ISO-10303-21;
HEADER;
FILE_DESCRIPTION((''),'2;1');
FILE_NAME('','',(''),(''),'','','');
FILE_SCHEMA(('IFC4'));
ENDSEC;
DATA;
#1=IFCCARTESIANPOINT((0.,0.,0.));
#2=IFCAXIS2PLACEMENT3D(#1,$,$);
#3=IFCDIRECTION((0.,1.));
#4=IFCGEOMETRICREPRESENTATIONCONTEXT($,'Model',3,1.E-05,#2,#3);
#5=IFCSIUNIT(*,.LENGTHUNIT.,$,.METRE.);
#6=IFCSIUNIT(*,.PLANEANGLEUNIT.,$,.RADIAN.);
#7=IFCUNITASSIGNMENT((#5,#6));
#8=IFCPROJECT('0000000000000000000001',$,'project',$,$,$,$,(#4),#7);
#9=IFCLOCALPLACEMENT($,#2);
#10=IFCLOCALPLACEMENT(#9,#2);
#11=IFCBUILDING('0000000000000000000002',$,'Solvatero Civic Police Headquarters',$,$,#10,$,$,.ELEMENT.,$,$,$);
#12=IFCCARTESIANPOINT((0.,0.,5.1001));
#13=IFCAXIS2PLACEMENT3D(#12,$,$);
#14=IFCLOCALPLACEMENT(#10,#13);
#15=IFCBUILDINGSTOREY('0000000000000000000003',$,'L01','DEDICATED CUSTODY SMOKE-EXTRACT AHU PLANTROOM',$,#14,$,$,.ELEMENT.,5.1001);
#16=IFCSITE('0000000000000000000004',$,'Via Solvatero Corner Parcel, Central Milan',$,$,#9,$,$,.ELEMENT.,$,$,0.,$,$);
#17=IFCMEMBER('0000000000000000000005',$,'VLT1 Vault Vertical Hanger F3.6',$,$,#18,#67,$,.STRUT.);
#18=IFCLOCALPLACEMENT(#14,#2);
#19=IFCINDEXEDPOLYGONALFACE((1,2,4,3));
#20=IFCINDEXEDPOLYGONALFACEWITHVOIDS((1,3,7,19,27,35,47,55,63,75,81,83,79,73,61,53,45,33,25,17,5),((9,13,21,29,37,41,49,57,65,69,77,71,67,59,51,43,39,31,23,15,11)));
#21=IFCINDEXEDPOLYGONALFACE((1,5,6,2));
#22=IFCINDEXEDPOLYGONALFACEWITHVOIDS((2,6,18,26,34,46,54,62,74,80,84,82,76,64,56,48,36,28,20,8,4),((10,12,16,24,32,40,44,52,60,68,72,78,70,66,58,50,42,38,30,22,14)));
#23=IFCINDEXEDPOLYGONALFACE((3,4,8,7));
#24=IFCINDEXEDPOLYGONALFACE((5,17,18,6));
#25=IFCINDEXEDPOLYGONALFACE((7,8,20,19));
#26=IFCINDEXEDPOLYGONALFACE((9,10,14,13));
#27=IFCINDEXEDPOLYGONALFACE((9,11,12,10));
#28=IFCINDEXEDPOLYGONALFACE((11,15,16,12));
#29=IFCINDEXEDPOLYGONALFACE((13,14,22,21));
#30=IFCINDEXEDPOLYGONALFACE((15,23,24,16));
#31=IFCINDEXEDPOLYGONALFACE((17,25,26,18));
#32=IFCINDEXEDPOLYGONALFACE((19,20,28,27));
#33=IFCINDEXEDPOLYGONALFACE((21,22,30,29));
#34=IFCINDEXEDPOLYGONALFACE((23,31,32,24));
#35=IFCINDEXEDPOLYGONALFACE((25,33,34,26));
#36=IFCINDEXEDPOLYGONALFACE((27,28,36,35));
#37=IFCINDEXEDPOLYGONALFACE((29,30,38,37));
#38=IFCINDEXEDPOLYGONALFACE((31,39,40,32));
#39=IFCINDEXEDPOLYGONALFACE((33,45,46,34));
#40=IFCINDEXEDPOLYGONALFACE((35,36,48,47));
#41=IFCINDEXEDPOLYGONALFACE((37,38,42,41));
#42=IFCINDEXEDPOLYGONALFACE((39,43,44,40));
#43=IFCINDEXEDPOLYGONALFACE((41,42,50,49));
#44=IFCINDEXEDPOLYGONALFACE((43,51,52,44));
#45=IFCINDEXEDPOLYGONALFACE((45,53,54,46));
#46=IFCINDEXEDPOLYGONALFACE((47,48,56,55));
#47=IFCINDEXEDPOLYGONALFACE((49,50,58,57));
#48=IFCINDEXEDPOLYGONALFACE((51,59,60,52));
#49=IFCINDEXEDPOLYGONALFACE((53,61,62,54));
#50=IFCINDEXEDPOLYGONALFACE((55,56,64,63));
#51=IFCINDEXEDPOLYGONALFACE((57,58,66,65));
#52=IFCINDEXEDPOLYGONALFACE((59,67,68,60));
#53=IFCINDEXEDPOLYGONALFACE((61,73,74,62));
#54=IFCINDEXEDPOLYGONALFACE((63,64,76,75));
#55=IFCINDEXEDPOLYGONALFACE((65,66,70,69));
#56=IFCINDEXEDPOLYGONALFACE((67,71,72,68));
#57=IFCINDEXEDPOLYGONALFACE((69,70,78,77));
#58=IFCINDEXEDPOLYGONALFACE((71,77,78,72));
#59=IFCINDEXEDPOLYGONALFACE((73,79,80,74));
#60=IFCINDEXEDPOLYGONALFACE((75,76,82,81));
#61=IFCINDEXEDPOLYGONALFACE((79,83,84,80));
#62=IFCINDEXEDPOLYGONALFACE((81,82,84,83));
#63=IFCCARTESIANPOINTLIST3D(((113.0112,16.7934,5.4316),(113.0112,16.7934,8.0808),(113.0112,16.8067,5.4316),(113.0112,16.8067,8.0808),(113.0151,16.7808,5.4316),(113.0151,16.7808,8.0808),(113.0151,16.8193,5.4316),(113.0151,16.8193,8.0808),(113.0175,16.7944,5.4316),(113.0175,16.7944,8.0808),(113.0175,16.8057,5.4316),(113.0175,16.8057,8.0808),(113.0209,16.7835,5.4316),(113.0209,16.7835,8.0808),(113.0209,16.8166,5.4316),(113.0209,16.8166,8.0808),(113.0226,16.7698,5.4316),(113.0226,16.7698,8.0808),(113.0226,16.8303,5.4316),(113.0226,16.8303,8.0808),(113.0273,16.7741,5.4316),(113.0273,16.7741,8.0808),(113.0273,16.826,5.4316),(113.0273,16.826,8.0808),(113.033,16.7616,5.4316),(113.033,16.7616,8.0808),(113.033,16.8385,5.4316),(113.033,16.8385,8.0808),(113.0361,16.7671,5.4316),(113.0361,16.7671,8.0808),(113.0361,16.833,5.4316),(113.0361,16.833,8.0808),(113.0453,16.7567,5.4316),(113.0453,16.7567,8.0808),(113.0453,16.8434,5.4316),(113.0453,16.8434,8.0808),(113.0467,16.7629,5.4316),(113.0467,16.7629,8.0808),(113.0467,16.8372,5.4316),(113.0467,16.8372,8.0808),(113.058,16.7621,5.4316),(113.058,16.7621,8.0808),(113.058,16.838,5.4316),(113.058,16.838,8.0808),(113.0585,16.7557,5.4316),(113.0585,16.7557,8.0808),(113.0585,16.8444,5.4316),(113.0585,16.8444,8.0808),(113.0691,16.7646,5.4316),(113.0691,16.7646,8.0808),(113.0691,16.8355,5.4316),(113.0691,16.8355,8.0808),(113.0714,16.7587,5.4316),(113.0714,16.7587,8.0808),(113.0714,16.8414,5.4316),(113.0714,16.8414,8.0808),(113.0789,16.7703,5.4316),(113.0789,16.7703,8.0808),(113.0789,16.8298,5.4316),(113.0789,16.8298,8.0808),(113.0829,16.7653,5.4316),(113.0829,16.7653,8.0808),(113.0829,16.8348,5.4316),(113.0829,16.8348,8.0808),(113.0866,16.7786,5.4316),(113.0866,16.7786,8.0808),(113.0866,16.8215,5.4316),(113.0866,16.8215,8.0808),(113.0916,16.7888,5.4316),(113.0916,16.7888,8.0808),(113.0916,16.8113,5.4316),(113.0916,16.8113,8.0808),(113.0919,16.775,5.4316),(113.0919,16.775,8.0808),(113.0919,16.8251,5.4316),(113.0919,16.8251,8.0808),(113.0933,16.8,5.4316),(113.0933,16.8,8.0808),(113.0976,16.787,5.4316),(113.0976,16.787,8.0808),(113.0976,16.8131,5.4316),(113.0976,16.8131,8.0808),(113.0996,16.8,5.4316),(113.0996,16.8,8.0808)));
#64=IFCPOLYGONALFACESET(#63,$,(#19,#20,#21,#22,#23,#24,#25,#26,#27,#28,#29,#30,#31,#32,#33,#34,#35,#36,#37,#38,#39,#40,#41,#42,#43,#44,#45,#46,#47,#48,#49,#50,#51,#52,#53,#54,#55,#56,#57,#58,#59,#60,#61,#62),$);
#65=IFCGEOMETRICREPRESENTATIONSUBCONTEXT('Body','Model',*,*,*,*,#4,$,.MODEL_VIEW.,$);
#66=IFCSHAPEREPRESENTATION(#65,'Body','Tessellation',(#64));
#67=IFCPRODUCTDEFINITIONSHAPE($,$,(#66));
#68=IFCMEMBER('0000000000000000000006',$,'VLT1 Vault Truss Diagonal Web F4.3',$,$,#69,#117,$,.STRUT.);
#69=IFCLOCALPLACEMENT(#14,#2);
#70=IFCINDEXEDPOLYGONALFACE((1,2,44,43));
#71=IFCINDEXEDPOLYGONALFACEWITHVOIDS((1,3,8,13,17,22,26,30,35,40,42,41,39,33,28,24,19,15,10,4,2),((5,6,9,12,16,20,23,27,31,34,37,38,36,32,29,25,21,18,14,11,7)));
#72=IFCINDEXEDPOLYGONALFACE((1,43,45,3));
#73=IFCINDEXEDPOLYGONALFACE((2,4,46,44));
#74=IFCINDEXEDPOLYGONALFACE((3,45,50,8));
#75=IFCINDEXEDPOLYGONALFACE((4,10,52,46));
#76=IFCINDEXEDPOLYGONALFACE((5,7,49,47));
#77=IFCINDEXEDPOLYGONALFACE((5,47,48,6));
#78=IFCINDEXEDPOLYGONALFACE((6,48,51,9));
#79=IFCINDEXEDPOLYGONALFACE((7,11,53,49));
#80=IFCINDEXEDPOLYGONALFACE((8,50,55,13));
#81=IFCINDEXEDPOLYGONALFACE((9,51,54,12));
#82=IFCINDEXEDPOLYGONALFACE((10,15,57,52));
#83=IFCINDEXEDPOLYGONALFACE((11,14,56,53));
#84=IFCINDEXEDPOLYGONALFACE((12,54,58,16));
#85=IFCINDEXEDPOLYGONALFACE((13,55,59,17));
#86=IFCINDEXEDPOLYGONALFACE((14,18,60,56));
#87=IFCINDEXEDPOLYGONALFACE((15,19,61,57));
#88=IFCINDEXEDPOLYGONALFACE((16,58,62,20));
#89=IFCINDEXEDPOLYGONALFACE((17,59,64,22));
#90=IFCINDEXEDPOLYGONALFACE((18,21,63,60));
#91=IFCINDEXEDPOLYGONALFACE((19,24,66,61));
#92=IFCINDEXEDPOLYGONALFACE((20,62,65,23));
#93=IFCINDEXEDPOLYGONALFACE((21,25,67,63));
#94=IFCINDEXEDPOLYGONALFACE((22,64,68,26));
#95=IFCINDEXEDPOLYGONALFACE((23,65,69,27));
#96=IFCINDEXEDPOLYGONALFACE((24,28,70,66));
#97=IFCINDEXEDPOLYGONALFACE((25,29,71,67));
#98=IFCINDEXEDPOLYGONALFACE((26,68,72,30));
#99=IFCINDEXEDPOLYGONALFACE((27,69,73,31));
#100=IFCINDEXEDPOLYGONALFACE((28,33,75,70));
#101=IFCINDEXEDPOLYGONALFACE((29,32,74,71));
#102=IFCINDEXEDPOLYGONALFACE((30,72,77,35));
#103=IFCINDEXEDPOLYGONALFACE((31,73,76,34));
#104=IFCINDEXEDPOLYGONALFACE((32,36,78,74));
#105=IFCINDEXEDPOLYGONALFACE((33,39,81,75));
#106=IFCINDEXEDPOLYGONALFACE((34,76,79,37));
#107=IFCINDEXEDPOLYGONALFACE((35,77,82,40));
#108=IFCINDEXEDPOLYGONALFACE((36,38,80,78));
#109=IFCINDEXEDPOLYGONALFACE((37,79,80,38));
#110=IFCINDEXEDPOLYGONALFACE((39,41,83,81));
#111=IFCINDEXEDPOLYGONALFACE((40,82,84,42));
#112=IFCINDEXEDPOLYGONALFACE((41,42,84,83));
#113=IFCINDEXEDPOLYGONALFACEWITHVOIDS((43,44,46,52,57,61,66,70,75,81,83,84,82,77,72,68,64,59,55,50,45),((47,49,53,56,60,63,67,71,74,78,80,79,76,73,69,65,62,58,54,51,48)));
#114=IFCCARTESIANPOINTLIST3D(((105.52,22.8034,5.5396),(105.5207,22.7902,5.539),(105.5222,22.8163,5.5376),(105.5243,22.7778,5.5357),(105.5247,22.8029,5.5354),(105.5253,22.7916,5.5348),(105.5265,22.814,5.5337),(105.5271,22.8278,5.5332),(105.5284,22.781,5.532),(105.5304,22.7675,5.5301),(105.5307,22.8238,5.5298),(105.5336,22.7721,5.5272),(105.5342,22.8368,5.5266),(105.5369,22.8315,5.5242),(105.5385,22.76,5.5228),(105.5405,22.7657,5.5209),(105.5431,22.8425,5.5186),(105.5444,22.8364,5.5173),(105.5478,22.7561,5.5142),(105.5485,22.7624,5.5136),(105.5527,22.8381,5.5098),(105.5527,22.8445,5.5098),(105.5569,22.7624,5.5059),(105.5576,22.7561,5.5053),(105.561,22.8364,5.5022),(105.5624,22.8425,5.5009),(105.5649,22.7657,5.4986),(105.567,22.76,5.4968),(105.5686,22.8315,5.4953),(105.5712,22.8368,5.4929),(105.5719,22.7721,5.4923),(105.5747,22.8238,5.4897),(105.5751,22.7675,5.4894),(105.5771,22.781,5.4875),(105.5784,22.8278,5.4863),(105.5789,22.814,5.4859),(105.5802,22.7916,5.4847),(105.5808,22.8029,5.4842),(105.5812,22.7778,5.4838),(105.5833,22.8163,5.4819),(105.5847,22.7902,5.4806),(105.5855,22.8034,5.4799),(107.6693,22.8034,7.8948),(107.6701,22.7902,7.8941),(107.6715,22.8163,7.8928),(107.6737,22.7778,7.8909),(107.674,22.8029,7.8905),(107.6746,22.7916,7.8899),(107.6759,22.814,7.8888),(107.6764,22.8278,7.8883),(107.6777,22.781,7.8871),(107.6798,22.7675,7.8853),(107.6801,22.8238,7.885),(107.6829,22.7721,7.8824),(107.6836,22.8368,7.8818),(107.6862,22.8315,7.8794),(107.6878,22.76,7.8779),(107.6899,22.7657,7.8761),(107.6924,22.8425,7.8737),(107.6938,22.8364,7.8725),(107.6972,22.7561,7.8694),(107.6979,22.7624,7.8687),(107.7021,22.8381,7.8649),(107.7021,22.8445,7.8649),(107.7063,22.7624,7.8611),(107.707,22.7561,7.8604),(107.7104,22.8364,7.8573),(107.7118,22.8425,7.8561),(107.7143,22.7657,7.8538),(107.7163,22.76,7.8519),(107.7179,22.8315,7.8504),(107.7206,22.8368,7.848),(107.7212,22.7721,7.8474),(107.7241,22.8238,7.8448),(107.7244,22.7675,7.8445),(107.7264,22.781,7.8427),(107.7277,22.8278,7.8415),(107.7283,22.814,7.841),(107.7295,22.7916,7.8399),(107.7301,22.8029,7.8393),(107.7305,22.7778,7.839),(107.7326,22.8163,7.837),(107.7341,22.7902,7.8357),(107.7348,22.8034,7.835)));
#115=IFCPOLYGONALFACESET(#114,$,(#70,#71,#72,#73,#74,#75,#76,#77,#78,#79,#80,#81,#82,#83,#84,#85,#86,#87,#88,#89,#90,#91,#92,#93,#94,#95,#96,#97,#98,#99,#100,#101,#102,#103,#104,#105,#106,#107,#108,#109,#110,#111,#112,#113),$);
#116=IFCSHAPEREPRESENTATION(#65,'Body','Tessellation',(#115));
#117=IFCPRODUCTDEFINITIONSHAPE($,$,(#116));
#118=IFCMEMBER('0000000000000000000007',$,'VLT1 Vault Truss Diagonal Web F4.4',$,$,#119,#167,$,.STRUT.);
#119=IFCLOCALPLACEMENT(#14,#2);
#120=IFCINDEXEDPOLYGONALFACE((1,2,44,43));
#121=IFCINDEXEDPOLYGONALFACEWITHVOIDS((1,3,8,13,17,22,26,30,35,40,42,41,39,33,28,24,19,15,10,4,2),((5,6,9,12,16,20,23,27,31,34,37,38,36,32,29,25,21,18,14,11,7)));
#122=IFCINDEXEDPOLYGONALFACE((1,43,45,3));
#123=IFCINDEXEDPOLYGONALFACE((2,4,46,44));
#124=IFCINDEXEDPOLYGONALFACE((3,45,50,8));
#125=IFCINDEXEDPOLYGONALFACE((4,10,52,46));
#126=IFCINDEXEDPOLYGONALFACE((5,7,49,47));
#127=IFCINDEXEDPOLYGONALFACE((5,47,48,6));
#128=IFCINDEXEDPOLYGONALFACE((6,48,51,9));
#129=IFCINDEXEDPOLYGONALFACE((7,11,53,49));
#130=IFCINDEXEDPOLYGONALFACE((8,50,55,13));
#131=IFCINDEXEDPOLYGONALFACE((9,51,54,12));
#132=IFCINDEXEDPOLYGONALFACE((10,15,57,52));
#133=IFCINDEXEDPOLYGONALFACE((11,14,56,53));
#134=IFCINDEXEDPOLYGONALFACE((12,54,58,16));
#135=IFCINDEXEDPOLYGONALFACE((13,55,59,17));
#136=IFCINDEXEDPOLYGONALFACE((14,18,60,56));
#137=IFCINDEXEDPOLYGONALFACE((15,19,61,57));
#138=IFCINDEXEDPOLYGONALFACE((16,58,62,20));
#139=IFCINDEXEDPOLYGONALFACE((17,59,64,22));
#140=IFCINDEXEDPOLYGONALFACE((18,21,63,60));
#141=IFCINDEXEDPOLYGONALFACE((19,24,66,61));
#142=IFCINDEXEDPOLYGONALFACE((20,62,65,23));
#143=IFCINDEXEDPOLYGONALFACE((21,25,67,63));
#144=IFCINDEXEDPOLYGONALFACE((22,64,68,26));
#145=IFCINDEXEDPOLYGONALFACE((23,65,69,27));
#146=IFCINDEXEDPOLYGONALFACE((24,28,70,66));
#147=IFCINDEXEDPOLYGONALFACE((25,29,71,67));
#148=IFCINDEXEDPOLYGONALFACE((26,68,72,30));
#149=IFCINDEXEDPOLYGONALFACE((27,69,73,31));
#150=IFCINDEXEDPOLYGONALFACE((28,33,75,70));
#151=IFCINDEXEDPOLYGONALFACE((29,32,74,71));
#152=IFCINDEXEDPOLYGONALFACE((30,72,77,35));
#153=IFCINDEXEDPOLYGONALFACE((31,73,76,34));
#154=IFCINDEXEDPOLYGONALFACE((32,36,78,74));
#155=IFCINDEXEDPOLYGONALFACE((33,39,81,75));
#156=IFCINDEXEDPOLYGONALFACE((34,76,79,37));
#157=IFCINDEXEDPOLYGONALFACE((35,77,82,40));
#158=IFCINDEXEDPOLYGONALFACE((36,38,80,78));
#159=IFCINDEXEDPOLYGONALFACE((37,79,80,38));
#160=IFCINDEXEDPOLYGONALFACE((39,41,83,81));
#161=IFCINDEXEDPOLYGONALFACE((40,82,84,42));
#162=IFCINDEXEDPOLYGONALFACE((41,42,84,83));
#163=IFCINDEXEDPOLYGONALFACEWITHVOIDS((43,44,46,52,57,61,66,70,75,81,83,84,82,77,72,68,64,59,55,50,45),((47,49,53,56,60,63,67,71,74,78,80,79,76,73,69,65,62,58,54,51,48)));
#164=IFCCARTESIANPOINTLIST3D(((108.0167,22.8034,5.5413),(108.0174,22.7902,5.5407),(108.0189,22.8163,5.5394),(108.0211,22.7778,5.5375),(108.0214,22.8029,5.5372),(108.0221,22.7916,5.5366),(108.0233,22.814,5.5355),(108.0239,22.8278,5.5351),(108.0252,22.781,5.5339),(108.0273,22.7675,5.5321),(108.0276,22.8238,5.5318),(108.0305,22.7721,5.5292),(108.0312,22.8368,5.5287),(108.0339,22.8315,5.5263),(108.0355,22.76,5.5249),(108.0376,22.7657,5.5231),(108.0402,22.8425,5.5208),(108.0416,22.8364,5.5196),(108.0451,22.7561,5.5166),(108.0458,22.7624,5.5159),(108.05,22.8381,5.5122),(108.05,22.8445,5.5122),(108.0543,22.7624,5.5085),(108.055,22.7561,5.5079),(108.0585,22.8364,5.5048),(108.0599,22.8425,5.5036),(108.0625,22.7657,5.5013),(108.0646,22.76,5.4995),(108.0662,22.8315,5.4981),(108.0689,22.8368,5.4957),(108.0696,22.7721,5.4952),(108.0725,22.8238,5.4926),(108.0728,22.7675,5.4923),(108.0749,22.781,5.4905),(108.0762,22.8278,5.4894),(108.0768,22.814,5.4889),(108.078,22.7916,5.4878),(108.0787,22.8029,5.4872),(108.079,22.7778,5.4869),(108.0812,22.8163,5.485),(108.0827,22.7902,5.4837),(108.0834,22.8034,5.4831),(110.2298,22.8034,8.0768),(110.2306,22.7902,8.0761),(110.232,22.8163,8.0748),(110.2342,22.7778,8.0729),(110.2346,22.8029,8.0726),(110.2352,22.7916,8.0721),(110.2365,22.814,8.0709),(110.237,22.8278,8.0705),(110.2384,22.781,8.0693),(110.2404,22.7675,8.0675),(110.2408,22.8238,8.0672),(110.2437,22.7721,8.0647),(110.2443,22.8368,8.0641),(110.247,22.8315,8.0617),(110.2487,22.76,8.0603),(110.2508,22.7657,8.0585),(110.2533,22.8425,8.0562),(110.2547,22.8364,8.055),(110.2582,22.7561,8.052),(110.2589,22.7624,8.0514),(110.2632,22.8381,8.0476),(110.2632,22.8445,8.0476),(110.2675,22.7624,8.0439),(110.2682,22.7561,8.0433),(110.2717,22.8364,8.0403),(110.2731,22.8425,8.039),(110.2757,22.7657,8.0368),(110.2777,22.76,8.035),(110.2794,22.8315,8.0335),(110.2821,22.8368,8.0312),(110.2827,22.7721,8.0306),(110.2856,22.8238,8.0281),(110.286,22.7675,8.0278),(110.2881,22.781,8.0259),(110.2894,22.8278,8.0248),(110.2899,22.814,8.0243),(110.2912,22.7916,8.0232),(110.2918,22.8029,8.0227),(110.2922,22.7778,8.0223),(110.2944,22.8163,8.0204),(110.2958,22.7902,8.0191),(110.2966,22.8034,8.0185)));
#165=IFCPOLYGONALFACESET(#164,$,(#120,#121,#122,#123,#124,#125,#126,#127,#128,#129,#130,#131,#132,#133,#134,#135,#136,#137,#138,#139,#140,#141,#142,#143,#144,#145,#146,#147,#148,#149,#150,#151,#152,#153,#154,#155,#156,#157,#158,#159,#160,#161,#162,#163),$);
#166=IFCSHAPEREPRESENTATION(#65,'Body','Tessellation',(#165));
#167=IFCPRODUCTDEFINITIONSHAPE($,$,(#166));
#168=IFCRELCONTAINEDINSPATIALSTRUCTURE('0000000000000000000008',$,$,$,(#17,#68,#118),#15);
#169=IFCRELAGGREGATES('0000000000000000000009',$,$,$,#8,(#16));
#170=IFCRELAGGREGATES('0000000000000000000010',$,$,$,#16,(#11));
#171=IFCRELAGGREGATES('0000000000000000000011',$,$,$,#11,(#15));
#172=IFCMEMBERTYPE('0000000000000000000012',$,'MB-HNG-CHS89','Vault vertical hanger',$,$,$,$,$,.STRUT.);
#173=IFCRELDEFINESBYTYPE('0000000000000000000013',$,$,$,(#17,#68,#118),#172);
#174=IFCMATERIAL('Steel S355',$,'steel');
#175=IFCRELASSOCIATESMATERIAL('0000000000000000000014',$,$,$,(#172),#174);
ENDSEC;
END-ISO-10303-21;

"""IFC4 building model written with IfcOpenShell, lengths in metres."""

from ifc_helpers import new_model, si_unit, direction, frame, origin, origin_2d, place, context, subcontext, project, spatial, hollow_circle, extrude, material, material_profile, profile_set, type_object, element, save


model = new_model("IFC4")

# Units and contexts
model_context = context("Model", 3, precision=1e-05, world=origin(), true_north=direction((0.0, 1.0)))
body_context = subcontext(model_context, "Body", "Model", "MODEL_VIEW")
ifc_project = project(units=[si_unit("LENGTHUNIT", "METRE"), si_unit("PLANEANGLEUNIT", "RADIAN")], contexts=[model_context])

# Site, building, storey
site_placement = place(None, origin())
site = spatial("IfcSite", under=ifc_project, at=site_placement, Name="Via Solvatero Corner Parcel, Central Milan", CompositionType="ELEMENT", RefElevation=0.0)
building_placement = place(site_placement, origin())
building = spatial("IfcBuilding", under=site, at=building_placement, Name="Solvatero Civic Police Headquarters", CompositionType="ELEMENT")
storey_placement = place(building_placement, frame((0.0, 0.0, 5.1001)))
storey = spatial("IfcBuildingStorey", under=building, at=storey_placement, Name="L01", Description="DEDICATED CUSTODY SMOKE-EXTRACT AHU PLANTROOM", CompositionType="ELEMENT", Elevation=5.1001)

# Shared definitions
ifc_material = material(Name="Steel S355", Category="steel")

# Members
ifc_material_profile_1 = material_profile(ifc_material, hollow_circle(Radius=0.0444, WallThickness=0.0063, at=origin_2d()), Name="CHS 88.9x6.3")
ifc_profile_set_1 = profile_set([ifc_material_profile_1], Name="Steel S355")
member_type_1 = type_object("IfcMemberType", Name="MB-HNG-CHS89", Description="Vault vertical hanger", PredefinedType="STRUT", material=ifc_profile_set_1)
member_1_placement = place(storey_placement, frame((113.0552, 16.8, 5.4316), z_axis=(0.0, 0.0, 1.0), x_axis=(1.0, 0.0, 0.0)))
element("IfcMember", 1, at=member_1_placement, inside=storey, type_object=member_type_1, Name="VLT1 Vault Vertical Hanger F3.6", PredefinedType="STRUT", context=body_context, shape_type="SweptSolid", body=[
    extrude(hollow_circle(Radius=0.0444, WallThickness=0.0063, at=origin_2d()), origin(), (0.0, 0.0, 1.0), 2.6492),
])
member_2_placement = place(storey_placement, frame((105.5527, 22.8, 5.5098), z_axis=(0.674097, 0.0, 0.738643), x_axis=(0.0, 1.0, 0.0)))
element("IfcMember", 2, at=member_2_placement, inside=storey, type_object=member_type_1, Name="VLT1 Vault Truss Diagonal Web F4.3", PredefinedType="STRUT", context=body_context, shape_type="SweptSolid", body=[
    extrude(hollow_circle(Radius=0.0444, WallThickness=0.0063, at=origin_2d()), origin(), (0.0, 0.0, 1.0), 3.1885),
])
for number, where, z_axis, x_axis, name in (
    (3, (108.05, 22.8, 5.5122), (0.657605, 0.0, 0.753363), (0.0, 1.0, 0.0), "VLT1 Vault Truss Diagonal Web F4.4"),
):
    element("IfcMember", number, at=place(storey_placement, frame(where, z_axis=z_axis, x_axis=x_axis)), inside=storey, type_object=member_type_1, Name=name, PredefinedType="STRUT", context=body_context, shape_type="SweptSolid", body=[
        extrude(hollow_circle(Radius=0.0444, WallThickness=0.0063, at=origin_2d()), origin(), (0.0, 0.0, 1.0), 3.3655),
    ])

save(model, "model.ifc")
